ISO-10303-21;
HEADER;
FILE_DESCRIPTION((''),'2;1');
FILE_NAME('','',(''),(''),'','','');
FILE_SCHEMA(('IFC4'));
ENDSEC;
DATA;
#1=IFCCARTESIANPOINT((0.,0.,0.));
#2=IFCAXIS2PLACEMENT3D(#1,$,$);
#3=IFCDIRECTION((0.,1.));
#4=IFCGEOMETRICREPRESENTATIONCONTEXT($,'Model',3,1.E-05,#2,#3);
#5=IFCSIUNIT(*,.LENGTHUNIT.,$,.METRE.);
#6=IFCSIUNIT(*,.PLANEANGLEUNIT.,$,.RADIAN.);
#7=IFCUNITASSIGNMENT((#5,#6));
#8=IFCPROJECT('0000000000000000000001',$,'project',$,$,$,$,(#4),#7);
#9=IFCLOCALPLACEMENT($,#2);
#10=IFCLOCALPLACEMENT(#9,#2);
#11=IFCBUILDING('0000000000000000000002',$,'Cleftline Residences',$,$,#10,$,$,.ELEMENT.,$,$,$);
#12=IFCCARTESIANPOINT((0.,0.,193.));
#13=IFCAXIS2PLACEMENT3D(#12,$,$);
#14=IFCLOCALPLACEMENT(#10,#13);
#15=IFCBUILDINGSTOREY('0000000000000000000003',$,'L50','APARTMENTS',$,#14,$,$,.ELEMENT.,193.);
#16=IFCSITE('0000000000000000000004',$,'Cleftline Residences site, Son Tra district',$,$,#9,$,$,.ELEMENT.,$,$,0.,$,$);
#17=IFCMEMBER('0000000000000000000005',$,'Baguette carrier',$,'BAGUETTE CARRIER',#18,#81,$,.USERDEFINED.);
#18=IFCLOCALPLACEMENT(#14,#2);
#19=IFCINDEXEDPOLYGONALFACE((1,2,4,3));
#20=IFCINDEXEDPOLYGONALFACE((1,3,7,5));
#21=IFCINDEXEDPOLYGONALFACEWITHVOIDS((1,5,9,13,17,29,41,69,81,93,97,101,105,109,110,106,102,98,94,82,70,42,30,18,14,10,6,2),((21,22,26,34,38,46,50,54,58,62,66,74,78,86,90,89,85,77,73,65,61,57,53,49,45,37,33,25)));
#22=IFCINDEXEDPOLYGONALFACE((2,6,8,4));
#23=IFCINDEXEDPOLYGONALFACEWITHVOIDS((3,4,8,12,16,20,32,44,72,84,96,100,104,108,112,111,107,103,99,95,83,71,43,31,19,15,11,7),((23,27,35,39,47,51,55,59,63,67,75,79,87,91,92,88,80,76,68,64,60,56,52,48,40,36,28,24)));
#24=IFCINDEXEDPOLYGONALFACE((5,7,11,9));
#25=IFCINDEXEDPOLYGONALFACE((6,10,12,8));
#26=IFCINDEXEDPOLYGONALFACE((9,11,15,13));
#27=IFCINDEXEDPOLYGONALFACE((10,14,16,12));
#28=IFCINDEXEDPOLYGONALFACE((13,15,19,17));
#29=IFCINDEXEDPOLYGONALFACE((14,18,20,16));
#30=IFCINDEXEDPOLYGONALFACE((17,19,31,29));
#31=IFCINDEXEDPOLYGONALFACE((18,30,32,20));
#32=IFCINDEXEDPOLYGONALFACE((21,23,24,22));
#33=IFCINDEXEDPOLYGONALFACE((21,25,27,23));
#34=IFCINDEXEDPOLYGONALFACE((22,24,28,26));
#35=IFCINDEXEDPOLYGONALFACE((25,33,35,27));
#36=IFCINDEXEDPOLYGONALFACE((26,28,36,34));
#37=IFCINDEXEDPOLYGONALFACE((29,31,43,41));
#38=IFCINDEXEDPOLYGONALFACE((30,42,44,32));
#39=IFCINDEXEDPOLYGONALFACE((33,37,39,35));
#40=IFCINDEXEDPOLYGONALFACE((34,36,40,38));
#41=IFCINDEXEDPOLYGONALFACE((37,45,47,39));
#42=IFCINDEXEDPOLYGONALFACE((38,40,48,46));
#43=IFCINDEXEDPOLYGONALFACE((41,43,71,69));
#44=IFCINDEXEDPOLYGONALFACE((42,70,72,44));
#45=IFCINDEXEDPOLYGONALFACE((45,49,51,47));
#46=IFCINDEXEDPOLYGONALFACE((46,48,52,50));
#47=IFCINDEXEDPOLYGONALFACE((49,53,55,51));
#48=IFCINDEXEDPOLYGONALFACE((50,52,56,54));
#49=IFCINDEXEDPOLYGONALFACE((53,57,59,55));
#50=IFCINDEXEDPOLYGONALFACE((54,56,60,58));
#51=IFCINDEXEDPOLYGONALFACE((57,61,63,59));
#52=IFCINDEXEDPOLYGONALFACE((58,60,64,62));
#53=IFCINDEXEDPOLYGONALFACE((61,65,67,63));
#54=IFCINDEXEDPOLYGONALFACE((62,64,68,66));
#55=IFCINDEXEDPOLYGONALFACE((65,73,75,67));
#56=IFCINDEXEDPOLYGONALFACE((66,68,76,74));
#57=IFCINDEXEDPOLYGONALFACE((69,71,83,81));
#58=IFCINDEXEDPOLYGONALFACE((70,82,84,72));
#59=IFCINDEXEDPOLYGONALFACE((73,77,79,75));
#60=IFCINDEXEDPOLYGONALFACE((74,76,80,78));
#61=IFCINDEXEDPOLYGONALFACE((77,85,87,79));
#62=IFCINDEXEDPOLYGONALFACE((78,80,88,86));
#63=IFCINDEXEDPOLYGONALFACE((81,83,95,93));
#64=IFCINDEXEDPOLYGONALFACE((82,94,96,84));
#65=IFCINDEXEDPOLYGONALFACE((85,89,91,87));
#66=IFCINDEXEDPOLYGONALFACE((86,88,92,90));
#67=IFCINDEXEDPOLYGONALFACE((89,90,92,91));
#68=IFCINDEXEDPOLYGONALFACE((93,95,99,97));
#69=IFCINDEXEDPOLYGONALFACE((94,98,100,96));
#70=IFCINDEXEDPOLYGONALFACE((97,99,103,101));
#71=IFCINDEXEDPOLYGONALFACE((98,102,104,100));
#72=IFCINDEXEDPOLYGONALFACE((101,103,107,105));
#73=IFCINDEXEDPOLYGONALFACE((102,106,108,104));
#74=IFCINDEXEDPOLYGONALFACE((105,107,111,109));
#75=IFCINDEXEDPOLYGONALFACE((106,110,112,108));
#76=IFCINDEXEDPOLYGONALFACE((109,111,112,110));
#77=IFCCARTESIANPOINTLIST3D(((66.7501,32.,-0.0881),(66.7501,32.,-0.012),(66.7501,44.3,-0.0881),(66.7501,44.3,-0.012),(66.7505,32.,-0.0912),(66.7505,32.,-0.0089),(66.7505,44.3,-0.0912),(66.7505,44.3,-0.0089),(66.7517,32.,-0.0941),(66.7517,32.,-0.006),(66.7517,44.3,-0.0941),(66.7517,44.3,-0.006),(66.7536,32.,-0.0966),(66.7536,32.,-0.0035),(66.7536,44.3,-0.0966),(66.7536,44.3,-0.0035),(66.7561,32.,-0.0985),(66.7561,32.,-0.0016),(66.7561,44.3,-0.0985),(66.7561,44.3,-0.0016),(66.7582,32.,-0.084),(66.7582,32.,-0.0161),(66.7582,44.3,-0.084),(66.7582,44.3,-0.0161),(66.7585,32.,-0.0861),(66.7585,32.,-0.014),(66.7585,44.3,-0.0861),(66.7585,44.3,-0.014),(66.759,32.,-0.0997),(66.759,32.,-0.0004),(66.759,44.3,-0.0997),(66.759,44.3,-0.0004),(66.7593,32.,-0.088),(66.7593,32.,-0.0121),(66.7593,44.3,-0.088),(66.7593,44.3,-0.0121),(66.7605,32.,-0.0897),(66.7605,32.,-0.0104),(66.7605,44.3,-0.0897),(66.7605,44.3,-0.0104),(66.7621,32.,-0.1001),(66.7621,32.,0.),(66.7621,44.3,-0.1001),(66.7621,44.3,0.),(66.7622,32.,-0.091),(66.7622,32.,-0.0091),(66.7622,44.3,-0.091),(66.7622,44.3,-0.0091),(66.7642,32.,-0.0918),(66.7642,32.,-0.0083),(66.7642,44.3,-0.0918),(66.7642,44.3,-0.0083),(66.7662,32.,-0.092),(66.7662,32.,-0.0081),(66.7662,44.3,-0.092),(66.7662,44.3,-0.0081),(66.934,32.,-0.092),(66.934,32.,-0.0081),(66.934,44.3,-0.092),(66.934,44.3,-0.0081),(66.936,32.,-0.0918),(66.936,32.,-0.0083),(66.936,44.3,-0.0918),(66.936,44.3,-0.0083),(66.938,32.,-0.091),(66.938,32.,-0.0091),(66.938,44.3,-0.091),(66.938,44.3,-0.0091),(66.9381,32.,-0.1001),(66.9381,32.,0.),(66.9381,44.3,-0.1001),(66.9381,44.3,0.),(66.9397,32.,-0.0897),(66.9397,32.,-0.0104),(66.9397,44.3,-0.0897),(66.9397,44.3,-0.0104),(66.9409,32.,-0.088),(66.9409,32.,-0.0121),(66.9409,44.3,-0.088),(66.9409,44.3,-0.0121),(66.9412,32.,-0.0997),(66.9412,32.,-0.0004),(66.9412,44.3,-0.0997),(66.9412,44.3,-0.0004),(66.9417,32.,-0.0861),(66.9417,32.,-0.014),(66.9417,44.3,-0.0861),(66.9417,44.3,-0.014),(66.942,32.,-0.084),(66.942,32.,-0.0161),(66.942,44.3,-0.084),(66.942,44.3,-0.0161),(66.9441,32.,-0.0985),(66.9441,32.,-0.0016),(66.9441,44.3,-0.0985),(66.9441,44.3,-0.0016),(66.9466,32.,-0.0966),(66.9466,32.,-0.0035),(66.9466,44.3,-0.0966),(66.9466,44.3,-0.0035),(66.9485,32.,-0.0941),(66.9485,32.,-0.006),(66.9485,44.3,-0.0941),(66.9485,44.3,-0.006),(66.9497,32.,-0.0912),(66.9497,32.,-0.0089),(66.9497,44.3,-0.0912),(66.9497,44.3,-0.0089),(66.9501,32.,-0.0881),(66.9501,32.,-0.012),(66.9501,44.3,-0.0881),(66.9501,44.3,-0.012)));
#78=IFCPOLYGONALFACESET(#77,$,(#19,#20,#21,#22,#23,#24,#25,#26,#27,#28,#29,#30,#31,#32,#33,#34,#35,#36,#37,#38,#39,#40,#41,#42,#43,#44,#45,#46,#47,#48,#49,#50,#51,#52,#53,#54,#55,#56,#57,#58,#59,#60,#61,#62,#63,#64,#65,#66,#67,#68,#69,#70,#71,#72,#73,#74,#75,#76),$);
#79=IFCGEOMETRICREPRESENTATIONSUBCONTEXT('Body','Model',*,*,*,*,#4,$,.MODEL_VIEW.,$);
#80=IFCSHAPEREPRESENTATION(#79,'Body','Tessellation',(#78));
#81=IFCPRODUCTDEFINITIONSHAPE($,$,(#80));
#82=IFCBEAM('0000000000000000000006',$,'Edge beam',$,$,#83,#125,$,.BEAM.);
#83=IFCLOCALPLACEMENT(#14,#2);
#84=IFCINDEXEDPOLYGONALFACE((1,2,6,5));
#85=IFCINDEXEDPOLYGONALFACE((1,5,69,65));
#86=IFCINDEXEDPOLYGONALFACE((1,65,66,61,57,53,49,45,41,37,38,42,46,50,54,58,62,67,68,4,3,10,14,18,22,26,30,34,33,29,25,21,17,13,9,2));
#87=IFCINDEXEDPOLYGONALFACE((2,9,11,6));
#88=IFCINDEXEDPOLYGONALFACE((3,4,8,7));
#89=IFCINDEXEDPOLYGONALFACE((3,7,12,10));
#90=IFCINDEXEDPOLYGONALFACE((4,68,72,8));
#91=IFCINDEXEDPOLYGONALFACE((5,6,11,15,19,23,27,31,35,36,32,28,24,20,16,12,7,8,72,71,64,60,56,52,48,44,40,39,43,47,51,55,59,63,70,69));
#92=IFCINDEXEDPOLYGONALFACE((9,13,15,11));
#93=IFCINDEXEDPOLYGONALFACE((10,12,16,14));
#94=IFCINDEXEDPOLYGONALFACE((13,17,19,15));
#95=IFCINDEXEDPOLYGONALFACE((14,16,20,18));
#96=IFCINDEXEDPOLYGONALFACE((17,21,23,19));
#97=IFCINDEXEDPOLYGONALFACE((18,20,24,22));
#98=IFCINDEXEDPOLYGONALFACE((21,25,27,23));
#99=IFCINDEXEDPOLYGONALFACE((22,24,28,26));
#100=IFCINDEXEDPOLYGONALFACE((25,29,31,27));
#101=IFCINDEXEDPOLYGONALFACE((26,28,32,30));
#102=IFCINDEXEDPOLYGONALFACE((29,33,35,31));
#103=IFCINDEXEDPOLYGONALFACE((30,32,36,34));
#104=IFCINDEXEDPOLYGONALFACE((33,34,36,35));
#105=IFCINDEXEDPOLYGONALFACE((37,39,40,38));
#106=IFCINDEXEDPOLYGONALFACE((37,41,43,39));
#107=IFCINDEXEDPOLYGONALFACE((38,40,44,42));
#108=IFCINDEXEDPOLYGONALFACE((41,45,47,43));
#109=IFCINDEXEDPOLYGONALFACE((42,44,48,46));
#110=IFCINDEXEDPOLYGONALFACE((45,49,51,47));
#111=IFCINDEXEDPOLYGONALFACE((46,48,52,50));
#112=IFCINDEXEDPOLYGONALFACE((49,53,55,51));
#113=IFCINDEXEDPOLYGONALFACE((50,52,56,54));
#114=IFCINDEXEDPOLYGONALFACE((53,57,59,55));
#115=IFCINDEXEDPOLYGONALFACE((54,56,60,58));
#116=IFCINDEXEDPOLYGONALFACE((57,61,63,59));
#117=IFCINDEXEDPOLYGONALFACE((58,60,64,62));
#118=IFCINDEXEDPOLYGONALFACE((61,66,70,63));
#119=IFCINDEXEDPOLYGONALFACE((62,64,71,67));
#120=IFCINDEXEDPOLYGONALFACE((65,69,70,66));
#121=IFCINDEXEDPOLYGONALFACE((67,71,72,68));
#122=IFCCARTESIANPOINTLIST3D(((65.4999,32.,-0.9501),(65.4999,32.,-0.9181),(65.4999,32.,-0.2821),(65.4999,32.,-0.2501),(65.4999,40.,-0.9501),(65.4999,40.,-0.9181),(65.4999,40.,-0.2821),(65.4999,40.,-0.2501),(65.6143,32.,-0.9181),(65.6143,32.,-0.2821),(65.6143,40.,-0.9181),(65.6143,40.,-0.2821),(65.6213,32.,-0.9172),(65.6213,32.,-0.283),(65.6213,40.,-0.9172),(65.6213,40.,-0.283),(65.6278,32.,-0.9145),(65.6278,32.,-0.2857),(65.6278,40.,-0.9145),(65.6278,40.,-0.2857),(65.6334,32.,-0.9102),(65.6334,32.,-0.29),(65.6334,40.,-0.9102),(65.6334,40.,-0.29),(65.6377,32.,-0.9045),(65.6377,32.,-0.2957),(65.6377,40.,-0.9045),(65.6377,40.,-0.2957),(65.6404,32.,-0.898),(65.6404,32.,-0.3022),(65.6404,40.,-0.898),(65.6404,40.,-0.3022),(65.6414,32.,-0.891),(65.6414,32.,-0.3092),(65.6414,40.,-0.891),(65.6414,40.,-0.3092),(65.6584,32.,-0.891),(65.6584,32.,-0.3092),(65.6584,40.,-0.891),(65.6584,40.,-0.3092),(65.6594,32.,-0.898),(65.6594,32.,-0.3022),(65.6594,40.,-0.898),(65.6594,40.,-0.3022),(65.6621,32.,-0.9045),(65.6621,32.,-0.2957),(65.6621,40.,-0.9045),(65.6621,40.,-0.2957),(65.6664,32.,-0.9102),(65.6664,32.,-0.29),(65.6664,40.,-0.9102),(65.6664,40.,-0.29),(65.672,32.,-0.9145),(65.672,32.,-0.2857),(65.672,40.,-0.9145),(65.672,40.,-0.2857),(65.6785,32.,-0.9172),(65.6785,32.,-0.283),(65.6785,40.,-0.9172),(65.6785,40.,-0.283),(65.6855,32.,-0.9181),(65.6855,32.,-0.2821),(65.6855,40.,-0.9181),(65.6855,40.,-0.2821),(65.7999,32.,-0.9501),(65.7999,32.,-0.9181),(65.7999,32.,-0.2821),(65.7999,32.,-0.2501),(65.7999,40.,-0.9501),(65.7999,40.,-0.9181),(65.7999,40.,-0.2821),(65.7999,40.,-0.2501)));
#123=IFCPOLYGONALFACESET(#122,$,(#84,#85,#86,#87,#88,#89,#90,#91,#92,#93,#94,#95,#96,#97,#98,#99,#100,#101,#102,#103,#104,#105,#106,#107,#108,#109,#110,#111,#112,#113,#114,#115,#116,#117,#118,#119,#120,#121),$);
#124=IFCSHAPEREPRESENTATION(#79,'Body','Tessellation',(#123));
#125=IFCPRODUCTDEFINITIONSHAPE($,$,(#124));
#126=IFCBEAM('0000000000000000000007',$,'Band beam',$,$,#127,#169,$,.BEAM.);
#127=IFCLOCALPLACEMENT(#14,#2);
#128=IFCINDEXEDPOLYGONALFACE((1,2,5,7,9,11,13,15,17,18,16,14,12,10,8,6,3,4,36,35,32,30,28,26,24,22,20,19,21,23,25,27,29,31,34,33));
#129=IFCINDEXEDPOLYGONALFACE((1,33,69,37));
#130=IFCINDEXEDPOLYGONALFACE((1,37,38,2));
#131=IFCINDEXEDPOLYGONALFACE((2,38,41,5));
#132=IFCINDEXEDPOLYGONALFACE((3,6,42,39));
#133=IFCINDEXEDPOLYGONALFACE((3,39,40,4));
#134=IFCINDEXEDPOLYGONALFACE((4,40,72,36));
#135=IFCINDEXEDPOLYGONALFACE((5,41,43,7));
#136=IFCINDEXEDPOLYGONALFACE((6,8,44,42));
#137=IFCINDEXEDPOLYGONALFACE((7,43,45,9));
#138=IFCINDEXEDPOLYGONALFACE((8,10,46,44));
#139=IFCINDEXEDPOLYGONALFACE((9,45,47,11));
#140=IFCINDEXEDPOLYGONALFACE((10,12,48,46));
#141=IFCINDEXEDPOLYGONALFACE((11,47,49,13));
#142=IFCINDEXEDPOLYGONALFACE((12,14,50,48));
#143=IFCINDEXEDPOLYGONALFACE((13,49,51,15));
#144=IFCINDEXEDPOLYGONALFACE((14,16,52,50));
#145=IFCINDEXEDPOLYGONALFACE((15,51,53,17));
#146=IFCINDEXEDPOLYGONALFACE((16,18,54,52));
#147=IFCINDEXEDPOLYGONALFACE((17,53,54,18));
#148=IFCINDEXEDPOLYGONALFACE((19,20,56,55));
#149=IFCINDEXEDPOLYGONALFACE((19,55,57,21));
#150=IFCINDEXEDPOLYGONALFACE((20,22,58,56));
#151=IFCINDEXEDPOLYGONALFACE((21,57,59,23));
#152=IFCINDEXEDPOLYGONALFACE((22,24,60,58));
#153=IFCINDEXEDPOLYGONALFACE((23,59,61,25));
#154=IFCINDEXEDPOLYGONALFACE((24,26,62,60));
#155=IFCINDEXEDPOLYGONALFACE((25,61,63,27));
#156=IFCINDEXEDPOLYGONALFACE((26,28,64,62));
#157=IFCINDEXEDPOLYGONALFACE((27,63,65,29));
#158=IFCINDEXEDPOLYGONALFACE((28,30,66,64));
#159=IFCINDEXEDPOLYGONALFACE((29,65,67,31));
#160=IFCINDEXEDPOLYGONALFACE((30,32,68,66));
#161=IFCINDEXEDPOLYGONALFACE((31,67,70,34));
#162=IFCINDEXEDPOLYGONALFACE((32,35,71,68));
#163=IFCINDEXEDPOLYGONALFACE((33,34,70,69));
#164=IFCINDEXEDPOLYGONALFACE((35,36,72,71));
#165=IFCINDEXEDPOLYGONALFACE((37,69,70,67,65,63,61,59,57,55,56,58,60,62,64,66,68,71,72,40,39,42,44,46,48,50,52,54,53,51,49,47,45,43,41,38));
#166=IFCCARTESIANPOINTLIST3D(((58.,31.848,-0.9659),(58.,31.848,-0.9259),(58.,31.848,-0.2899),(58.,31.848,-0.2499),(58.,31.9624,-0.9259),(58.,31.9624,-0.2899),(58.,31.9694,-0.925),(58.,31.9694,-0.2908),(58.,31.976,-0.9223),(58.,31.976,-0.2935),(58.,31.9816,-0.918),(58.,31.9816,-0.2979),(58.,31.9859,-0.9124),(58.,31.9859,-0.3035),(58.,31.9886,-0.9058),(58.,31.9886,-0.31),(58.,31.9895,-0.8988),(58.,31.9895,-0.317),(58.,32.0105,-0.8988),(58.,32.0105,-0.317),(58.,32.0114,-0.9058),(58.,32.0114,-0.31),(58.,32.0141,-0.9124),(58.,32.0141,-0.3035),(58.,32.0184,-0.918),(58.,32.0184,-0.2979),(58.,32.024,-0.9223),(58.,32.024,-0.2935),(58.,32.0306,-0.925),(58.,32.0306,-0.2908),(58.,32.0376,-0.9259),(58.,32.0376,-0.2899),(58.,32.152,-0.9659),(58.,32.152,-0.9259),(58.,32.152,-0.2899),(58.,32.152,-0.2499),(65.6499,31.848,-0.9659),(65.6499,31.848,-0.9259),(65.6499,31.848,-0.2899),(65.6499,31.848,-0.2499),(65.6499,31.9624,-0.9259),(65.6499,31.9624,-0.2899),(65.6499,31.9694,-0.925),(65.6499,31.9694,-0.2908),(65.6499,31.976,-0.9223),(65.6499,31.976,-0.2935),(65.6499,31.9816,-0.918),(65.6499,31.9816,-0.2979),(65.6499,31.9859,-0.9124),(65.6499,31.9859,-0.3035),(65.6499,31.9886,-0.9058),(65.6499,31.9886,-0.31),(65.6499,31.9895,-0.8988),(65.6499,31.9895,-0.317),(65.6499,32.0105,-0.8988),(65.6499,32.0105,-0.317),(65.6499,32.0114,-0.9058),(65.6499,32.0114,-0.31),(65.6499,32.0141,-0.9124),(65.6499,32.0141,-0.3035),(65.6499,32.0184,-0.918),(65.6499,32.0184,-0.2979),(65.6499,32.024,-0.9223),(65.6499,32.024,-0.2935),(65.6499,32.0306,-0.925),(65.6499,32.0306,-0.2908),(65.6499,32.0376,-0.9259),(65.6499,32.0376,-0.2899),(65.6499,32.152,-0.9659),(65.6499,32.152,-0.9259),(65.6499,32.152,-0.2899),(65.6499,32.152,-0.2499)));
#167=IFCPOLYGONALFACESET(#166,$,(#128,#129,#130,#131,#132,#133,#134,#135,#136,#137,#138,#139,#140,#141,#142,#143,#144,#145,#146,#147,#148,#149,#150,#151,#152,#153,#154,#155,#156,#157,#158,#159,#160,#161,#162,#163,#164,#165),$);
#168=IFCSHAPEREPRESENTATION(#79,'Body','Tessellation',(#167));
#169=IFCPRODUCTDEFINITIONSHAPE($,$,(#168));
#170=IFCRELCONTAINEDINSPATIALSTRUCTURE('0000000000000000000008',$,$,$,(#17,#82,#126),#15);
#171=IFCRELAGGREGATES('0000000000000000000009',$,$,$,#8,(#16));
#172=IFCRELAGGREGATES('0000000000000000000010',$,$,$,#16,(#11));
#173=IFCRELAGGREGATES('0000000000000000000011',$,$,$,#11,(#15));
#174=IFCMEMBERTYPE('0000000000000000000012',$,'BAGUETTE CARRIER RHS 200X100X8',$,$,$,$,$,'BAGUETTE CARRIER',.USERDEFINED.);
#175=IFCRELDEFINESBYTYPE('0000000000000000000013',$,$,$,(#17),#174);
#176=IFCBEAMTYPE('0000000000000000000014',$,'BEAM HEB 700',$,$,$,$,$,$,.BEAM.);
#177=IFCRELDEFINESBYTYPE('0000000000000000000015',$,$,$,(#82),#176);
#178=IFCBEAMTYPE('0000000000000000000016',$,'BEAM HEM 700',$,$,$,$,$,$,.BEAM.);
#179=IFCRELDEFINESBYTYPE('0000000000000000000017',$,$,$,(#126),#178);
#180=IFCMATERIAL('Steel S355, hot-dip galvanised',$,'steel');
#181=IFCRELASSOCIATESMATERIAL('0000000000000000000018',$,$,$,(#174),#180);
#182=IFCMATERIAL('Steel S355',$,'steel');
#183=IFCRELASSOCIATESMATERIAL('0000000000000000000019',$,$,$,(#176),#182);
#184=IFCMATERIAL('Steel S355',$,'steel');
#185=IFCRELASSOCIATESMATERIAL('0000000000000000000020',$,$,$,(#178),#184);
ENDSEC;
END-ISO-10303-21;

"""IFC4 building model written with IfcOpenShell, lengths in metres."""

from ifc_helpers import new_model, si_unit, direction, frame, origin, origin_2d, place, context, subcontext, project, spatial, hollow_rectangle, i_section, extrude, material, material_profile, profile_set, type_object, element, save


model = new_model("IFC4")

# Units and contexts
model_context = context("Model", 3, precision=1e-05, world=origin(), true_north=direction((0.0, 1.0)))
body_context = subcontext(model_context, "Body", "Model", "MODEL_VIEW")
ifc_project = project(units=[si_unit("LENGTHUNIT", "METRE"), si_unit("PLANEANGLEUNIT", "RADIAN")], contexts=[model_context])

# Site, building, storey
site_placement = place(None, origin())
site = spatial("IfcSite", under=ifc_project, at=site_placement, Name="Cleftline Residences site, Son Tra district", CompositionType="ELEMENT", RefElevation=0.0)
building_placement = place(site_placement, origin())
building = spatial("IfcBuilding", under=site, at=building_placement, Name="Cleftline Residences", CompositionType="ELEMENT")
storey_placement = place(building_placement, frame((0.0, 0.0, 193.0)))
storey = spatial("IfcBuildingStorey", under=building, at=storey_placement, Name="L50", Description="APARTMENTS", CompositionType="ELEMENT", Elevation=193.0)

# Member
ifc_material_1 = material(Name="Steel S355, hot-dip galvanised", Category="steel")
ifc_material_profile_1 = material_profile(ifc_material_1, hollow_rectangle(XDim=0.1001, YDim=0.2, WallThickness=0.0081, InnerFilletRadius=0.0081, OuterFilletRadius=0.012, at=origin_2d()))
ifc_profile_set_1 = profile_set([ifc_material_profile_1], Name="Steel S355, hot-dip galvanised")
member_type_1 = type_object("IfcMemberType", Name="BAGUETTE CARRIER RHS 200X100X8", ElementType="BAGUETTE CARRIER", PredefinedType="USERDEFINED", material=ifc_profile_set_1)
member_1_placement = place(storey_placement, frame((66.8501, 32.0, -0.05), z_axis=(0.0, 1.0, 0.0), x_axis=(0.0, 0.0, 1.0)))
element("IfcMember", 1, at=member_1_placement, inside=storey, type_object=member_type_1, Name="Baguette carrier", ObjectType="BAGUETTE CARRIER", PredefinedType="USERDEFINED", context=body_context, shape_type="SweptSolid", body=[
    extrude(hollow_rectangle(XDim=0.1001, YDim=0.2, WallThickness=0.0081, InnerFilletRadius=0.0081, OuterFilletRadius=0.012, at=origin_2d()), origin(), (0.0, 0.0, 1.0), 12.3),
])

# Beams
ifc_material_2 = material(Name="Steel S355", Category="steel")
ifc_material_profile_2 = material_profile(ifc_material_2, i_section(OverallWidth=0.3, OverallDepth=0.7, WebThickness=0.0171, FlangeThickness=0.032, FilletRadius=0.0271, at=origin_2d()))
ifc_profile_set_2 = profile_set([ifc_material_profile_2], Name="Steel S355")
beam_type_1 = type_object("IfcBeamType", Name="BEAM HEB 700", PredefinedType="BEAM", material=ifc_profile_set_2)
beam_1_placement = place(storey_placement, frame((65.6499, 32.0, -0.6001), z_axis=(0.0, 1.0, 0.0), x_axis=(-1.0, 0.0, 0.0)))
element("IfcBeam", 2, at=beam_1_placement, inside=storey, type_object=beam_type_1, Name="Edge beam", PredefinedType="BEAM", context=body_context, shape_type="SweptSolid", body=[
    extrude(i_section(OverallWidth=0.3, OverallDepth=0.7, WebThickness=0.0171, FlangeThickness=0.032, FilletRadius=0.0271, at=origin_2d()), origin(), (0.0, 0.0, 1.0), 8.0),
])
ifc_material_3 = material(Name="Steel S355", Category="steel")
ifc_material_profile_3 = material_profile(ifc_material_3, i_section(OverallWidth=0.304, OverallDepth=0.7161, WebThickness=0.021, FlangeThickness=0.04, FilletRadius=0.0271, at=origin_2d()))
ifc_profile_set_3 = profile_set([ifc_material_profile_3], Name="Steel S355")
beam_type_2 = type_object("IfcBeamType", Name="BEAM HEM 700", PredefinedType="BEAM", material=ifc_profile_set_3)
beam_2_placement = place(storey_placement, frame((65.6499, 32.0, -0.6079), z_axis=(-1.0, 0.0, 0.0), x_axis=(0.0, -1.0, 0.0)))
element("IfcBeam", 3, at=beam_2_placement, inside=storey, type_object=beam_type_2, Name="Band beam", PredefinedType="BEAM", context=body_context, shape_type="SweptSolid", body=[
    extrude(i_section(OverallWidth=0.304, OverallDepth=0.7161, WebThickness=0.021, FlangeThickness=0.04, FilletRadius=0.0271, at=origin_2d()), origin(), (0.0, 0.0, 1.0), 7.6499),
])

save(model, "model.ifc")
